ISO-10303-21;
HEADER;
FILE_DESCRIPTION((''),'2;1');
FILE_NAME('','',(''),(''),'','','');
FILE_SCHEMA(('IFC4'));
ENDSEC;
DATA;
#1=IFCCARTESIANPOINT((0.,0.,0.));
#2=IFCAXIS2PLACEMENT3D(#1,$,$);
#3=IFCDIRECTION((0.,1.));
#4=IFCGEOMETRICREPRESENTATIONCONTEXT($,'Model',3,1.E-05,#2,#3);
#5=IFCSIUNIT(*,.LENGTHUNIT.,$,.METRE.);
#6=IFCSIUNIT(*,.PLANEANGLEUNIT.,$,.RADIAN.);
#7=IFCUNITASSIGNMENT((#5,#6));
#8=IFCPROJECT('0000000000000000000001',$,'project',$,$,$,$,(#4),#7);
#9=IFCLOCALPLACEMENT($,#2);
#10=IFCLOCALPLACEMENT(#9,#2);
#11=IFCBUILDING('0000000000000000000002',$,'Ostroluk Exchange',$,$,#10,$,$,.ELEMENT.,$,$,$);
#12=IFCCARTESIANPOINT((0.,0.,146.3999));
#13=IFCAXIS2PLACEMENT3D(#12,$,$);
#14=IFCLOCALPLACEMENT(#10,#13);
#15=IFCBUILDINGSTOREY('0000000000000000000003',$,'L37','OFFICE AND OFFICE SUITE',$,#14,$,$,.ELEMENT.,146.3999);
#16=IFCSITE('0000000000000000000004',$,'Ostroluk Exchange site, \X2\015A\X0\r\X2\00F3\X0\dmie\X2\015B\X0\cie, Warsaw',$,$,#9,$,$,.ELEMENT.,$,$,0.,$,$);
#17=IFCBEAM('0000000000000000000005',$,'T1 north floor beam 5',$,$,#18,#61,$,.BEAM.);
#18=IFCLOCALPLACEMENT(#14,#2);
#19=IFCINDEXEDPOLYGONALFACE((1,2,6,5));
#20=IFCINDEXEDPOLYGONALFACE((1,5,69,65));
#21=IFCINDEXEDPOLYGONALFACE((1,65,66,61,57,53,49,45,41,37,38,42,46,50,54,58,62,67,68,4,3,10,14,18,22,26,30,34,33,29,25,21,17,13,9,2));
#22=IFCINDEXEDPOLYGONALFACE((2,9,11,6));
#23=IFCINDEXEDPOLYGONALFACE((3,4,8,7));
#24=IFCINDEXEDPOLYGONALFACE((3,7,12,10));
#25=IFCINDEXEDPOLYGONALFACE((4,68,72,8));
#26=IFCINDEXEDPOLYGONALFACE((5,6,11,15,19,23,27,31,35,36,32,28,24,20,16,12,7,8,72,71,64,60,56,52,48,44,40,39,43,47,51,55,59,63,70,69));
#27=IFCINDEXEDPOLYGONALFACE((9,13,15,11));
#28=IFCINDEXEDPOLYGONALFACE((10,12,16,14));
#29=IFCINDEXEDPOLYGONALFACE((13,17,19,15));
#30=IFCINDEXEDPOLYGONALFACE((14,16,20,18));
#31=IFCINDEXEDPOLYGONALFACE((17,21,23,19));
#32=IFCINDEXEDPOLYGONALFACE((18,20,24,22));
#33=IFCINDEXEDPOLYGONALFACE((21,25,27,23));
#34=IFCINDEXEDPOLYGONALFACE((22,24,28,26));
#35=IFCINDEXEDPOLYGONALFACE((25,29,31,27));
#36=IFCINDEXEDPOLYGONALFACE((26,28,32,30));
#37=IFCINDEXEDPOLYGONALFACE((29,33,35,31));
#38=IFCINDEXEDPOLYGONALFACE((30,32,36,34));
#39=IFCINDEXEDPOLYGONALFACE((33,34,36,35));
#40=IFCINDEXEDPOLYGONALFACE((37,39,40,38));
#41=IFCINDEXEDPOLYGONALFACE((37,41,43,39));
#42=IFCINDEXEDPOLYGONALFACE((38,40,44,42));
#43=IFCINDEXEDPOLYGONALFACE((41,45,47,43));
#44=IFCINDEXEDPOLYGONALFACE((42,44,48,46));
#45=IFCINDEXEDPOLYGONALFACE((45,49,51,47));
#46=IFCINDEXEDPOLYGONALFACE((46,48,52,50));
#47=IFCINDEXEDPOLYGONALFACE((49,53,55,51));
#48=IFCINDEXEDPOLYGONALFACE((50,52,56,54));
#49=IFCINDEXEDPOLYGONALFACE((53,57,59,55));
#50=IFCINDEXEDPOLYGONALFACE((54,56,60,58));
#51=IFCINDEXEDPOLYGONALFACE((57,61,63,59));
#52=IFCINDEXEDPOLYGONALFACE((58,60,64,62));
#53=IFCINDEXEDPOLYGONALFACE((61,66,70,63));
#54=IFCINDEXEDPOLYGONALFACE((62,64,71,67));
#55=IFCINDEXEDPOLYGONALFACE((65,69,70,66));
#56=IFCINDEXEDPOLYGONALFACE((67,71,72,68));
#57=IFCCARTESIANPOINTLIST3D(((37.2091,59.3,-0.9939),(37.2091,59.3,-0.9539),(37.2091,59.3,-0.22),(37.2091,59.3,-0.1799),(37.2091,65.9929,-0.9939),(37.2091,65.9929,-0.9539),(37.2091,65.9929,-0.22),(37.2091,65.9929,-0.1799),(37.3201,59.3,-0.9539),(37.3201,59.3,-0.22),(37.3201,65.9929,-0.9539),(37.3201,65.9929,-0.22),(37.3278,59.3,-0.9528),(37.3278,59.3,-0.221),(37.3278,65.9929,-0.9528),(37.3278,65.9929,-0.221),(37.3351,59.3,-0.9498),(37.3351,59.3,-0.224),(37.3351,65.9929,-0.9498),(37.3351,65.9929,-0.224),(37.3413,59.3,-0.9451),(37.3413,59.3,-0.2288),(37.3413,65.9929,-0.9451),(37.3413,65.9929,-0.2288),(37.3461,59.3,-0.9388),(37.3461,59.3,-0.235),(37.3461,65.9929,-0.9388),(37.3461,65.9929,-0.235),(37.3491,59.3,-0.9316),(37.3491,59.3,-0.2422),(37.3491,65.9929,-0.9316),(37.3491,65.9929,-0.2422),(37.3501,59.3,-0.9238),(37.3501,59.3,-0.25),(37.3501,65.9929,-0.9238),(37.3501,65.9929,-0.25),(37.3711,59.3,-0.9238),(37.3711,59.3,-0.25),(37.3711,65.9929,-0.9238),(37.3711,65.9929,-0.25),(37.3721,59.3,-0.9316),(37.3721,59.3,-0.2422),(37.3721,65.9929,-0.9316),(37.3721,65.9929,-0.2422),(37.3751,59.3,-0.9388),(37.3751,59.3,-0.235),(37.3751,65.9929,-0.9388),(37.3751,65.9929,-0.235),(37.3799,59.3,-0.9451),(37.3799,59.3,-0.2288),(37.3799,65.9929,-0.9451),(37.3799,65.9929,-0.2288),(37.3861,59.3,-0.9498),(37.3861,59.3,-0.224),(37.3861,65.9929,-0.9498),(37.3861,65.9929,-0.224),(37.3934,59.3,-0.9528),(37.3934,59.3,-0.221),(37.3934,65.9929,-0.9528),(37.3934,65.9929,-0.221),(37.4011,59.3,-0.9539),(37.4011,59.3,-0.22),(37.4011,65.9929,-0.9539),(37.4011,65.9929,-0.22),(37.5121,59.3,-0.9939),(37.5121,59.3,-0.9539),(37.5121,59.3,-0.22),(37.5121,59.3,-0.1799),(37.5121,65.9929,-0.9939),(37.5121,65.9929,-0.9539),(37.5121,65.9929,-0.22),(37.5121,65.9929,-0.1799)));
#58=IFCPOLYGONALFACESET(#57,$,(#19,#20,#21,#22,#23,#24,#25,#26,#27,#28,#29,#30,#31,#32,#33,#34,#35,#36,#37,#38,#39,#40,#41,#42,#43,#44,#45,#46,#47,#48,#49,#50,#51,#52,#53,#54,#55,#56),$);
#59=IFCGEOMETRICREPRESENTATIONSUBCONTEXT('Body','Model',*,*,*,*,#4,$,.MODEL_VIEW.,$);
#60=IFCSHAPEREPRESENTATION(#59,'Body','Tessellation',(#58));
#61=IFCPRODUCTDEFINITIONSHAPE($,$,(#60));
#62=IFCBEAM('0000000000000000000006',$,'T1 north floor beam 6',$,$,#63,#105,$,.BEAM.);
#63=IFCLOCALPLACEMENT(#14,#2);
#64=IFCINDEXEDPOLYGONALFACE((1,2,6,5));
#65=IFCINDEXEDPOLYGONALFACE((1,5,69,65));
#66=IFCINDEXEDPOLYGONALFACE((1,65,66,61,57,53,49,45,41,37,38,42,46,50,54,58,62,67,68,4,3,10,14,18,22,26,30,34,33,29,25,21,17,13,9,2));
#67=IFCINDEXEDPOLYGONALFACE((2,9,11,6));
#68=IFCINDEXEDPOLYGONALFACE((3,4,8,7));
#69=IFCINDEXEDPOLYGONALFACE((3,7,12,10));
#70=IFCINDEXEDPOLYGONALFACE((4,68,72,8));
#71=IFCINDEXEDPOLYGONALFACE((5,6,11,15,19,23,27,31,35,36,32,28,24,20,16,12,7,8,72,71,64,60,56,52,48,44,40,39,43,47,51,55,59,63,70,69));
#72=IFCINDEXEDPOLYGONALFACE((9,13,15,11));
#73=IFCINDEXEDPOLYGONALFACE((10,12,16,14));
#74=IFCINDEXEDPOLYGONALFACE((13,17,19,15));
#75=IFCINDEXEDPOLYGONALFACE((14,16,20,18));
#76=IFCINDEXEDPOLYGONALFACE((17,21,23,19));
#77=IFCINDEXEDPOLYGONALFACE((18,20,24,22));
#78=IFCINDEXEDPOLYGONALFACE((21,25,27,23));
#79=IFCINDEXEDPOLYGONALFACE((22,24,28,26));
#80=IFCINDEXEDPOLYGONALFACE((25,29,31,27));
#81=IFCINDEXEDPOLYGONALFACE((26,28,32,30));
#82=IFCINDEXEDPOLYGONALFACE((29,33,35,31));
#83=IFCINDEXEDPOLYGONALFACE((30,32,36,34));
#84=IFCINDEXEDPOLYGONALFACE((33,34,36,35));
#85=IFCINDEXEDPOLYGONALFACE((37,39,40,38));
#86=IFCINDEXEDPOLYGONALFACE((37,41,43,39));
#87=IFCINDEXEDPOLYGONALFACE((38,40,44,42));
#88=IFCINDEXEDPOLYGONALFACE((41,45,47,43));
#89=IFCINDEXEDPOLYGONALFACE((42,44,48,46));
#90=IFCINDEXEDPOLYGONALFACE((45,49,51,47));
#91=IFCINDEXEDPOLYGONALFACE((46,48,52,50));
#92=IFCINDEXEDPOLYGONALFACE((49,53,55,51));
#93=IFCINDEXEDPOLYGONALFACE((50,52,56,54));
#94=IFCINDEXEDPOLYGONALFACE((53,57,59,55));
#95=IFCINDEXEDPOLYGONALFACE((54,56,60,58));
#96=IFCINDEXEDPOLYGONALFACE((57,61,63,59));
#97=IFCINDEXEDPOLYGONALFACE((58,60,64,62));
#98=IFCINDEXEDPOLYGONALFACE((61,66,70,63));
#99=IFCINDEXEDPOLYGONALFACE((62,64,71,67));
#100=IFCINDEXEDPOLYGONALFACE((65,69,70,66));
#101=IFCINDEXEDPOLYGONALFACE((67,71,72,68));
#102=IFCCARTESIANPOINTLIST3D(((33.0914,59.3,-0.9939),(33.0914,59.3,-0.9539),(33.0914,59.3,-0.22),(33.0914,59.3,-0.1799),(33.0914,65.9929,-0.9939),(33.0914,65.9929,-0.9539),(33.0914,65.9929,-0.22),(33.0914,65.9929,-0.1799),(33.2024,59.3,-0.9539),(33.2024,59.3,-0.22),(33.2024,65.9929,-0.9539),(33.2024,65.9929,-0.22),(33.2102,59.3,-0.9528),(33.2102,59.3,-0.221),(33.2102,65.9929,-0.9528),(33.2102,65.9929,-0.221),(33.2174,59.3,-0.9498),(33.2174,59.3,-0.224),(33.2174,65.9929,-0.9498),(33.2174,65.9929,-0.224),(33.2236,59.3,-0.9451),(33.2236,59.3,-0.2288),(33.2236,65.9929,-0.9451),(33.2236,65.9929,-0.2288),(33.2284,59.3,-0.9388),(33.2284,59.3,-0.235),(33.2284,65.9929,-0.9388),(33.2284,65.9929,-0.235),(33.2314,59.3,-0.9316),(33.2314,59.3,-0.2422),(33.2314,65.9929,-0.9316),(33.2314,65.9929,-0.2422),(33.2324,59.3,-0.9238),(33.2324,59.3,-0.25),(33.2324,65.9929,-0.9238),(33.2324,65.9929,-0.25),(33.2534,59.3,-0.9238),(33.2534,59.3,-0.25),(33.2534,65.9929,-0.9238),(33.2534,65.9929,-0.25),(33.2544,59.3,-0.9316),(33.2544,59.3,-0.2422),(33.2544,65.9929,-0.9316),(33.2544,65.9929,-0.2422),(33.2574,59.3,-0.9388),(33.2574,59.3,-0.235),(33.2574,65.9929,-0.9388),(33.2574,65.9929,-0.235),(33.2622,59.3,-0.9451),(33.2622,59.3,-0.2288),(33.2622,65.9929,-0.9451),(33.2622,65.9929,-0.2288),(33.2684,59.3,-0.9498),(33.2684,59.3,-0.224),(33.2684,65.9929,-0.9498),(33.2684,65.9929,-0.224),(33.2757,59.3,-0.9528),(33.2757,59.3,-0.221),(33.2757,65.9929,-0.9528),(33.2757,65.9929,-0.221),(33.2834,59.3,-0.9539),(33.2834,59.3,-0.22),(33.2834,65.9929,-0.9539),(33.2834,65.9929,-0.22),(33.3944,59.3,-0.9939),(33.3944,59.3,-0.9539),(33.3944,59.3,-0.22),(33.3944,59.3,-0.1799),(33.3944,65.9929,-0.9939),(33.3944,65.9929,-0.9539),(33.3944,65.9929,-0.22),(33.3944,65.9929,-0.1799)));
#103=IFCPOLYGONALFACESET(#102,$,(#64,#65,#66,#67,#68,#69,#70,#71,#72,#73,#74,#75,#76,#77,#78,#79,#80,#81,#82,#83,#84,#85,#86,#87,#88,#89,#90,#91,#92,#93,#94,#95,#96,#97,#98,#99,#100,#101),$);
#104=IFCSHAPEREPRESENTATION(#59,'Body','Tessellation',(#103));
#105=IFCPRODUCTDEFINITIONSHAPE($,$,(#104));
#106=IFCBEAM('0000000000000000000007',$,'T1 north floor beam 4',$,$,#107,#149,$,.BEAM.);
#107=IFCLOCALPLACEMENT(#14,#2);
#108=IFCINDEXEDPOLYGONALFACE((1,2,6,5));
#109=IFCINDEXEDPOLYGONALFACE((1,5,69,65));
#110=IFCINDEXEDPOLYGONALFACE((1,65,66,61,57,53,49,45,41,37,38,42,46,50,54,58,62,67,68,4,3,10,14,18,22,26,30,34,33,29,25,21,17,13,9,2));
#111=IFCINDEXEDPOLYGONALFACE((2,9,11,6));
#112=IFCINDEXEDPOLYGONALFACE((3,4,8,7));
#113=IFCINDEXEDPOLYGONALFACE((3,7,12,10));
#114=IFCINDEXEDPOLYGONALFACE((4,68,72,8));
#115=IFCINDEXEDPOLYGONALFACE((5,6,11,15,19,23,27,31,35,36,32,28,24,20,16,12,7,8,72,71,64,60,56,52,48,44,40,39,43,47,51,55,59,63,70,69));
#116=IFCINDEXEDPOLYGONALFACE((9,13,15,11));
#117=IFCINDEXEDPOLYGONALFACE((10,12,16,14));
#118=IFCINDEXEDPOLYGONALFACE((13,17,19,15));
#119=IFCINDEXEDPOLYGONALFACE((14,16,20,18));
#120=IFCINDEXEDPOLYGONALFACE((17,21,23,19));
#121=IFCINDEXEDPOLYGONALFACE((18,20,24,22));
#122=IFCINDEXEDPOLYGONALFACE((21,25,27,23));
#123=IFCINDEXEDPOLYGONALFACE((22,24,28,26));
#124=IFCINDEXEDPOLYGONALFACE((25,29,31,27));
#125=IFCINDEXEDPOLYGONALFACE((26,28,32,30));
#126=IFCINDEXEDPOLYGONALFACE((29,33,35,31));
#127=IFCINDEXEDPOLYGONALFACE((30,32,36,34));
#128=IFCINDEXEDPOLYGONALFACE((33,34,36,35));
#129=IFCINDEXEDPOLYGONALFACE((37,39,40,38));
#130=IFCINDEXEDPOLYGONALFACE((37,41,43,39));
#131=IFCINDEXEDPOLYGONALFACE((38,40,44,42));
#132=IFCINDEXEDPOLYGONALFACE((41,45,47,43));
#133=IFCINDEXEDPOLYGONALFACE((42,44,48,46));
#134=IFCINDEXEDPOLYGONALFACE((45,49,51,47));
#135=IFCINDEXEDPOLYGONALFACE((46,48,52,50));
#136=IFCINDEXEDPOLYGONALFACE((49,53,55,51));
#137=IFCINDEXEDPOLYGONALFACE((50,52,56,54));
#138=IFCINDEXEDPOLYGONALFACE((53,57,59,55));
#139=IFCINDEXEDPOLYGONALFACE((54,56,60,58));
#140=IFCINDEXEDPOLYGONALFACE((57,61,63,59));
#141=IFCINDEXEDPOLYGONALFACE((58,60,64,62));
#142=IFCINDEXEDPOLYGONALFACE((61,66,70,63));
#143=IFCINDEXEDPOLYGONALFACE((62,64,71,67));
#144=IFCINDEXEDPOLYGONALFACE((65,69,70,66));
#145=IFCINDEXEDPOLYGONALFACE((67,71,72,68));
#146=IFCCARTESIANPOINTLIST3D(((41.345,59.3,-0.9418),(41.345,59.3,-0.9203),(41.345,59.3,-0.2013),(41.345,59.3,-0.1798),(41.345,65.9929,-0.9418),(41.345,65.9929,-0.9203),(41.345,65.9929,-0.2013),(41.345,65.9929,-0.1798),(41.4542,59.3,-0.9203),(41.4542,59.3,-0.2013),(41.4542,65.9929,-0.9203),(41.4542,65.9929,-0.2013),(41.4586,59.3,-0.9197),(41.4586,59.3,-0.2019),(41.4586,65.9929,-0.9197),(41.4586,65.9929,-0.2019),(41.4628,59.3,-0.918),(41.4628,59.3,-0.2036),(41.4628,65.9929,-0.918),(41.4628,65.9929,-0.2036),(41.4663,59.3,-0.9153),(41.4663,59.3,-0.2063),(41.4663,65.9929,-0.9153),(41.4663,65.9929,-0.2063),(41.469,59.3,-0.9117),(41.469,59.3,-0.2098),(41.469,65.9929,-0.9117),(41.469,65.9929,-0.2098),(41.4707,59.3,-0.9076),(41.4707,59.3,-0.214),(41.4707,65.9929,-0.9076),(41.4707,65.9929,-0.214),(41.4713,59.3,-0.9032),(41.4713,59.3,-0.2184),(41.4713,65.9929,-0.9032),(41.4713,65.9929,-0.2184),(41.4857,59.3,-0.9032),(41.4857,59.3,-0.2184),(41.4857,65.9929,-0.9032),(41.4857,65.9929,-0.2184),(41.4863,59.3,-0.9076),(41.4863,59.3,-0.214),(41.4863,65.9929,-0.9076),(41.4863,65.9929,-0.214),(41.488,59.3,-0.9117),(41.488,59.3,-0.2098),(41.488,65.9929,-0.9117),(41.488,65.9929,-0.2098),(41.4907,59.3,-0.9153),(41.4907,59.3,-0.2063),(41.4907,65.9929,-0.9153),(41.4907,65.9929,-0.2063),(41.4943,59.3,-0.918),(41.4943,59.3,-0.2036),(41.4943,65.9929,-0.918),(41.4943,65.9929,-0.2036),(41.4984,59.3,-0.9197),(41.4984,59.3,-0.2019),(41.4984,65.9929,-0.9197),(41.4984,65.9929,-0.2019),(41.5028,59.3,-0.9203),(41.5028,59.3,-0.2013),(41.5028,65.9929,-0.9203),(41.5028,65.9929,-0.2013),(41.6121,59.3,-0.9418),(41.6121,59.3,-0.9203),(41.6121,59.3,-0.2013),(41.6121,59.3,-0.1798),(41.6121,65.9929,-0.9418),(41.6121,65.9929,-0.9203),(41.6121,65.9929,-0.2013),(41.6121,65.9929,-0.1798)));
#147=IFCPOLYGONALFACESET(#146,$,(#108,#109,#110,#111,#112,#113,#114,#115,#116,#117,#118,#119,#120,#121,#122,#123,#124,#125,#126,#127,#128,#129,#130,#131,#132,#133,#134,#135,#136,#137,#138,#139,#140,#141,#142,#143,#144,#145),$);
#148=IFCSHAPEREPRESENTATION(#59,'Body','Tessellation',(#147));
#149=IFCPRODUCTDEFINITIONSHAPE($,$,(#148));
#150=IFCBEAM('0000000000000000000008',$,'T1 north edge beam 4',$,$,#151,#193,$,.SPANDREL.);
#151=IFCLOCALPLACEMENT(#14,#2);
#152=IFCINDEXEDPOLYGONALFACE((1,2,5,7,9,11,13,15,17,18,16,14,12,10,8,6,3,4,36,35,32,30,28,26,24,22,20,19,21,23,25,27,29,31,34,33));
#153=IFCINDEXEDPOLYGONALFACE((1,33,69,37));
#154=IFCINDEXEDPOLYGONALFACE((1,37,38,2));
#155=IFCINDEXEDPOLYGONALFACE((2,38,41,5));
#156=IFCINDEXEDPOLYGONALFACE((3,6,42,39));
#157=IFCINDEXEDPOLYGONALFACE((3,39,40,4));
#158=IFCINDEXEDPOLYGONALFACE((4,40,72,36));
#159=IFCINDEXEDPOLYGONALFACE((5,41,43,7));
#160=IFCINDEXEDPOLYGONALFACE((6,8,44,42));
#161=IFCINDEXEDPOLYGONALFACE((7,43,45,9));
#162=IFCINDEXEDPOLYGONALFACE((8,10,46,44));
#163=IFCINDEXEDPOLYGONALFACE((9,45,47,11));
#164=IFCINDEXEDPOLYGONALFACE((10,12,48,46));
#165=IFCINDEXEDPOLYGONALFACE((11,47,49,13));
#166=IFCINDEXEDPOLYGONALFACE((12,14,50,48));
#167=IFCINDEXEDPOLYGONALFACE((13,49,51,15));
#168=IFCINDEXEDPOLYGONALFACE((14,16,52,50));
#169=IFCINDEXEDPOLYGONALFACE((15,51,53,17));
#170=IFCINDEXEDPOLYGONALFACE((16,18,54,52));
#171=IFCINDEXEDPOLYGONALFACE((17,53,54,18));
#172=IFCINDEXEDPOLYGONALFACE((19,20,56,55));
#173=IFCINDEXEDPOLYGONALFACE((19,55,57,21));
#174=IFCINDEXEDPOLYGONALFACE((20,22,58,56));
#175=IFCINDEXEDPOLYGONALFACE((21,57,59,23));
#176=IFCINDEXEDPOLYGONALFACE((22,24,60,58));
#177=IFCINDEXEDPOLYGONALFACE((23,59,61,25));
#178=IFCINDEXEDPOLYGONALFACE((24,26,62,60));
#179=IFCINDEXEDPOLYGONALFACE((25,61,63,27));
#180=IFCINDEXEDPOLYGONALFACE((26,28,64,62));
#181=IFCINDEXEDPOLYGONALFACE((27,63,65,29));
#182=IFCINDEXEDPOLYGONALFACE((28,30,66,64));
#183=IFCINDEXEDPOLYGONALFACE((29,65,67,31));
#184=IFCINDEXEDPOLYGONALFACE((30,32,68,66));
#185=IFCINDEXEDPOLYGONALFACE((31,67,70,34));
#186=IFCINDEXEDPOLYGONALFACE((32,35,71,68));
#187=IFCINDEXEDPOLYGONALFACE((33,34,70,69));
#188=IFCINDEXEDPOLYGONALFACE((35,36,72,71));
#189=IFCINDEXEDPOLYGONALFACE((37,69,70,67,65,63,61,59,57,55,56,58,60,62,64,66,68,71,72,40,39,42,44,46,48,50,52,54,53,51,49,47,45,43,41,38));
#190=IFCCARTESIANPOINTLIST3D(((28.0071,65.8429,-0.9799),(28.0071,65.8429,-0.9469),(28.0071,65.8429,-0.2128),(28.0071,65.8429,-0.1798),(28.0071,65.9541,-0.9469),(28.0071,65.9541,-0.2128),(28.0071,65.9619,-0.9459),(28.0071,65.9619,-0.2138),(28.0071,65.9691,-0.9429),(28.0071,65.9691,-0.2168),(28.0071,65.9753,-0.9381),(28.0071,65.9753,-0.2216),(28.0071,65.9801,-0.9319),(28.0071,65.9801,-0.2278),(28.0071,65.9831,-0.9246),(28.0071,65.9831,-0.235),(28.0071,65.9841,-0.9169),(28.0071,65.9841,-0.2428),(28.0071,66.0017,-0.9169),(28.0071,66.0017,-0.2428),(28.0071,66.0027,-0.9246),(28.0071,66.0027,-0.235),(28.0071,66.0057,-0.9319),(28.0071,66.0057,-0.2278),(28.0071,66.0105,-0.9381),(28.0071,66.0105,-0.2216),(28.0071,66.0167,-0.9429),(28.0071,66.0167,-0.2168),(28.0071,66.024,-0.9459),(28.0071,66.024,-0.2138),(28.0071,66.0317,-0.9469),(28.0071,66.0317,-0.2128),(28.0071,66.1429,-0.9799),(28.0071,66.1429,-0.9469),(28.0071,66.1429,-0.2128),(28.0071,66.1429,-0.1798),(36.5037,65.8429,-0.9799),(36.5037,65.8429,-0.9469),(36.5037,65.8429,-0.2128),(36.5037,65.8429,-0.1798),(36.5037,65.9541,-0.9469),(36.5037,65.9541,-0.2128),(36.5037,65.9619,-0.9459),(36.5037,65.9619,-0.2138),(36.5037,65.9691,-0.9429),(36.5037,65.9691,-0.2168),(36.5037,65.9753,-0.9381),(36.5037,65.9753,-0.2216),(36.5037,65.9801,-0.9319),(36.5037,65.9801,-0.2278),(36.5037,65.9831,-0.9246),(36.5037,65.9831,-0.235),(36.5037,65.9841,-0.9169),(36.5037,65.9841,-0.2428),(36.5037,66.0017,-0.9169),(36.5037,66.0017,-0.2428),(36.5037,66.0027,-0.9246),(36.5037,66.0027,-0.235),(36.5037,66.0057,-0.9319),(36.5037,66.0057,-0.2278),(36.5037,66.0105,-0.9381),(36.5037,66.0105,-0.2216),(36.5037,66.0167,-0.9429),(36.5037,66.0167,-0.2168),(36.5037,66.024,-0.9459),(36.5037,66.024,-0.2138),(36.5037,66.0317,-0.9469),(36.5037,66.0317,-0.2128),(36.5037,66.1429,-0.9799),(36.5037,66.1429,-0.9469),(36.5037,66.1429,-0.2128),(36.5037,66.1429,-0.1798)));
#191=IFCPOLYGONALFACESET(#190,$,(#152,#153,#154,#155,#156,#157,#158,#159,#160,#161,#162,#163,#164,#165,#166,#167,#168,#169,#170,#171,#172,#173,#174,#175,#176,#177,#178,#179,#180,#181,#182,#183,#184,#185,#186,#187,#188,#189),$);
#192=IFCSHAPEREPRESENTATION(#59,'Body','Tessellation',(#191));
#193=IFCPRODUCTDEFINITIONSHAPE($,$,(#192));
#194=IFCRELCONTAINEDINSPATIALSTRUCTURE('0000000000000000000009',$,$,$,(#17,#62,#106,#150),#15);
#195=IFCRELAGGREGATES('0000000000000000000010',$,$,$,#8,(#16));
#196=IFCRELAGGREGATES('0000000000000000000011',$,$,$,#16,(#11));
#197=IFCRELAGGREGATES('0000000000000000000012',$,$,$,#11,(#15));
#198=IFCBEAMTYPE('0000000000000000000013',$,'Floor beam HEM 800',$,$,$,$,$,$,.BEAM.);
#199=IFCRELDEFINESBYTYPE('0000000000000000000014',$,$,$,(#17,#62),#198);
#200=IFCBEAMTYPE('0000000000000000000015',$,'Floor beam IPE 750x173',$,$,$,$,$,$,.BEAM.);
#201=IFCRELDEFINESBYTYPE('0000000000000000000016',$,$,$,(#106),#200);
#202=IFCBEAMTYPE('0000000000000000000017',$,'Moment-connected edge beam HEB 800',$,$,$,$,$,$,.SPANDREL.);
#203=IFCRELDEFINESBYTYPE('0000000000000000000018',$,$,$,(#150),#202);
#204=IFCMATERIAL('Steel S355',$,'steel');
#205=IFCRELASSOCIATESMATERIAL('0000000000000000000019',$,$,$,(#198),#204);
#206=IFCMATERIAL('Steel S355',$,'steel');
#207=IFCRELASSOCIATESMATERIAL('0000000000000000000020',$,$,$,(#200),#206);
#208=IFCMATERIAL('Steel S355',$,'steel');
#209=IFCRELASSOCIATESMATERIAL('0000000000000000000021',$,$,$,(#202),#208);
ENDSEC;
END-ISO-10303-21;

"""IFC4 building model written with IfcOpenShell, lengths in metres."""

from ifc_helpers import new_model, si_unit, direction, frame, origin, origin_2d, place, context, subcontext, project, spatial, i_section, extrude, material, material_profile, profile_set, type_object, element, save


model = new_model("IFC4")

# Units and contexts
model_context = context("Model", 3, precision=1e-05, world=origin(), true_north=direction((0.0, 1.0)))
body_context = subcontext(model_context, "Body", "Model", "MODEL_VIEW")
ifc_project = project(units=[si_unit("LENGTHUNIT", "METRE"), si_unit("PLANEANGLEUNIT", "RADIAN")], contexts=[model_context])

# Site, building, storey
site_placement = place(None, origin())
site = spatial("IfcSite", under=ifc_project, at=site_placement, Name="Ostroluk Exchange site, Śródmieście, Warsaw", CompositionType="ELEMENT", RefElevation=0.0)
building_placement = place(site_placement, origin())
building = spatial("IfcBuilding", under=site, at=building_placement, Name="Ostroluk Exchange", CompositionType="ELEMENT")
storey_placement = place(building_placement, frame((0.0, 0.0, 146.3999)))
storey = spatial("IfcBuildingStorey", under=building, at=storey_placement, Name="L37", Description="OFFICE AND OFFICE SUITE", CompositionType="ELEMENT", Elevation=146.3999)

# Beams
ifc_material_1 = material(Name="Steel S355", Category="steel")
ifc_material_profile_1 = material_profile(ifc_material_1, i_section(OverallWidth=0.303, OverallDepth=0.814, WebThickness=0.021, FlangeThickness=0.04, FilletRadius=0.03, at=origin_2d()), Name="HEM 800")
ifc_profile_set_1 = profile_set([ifc_material_profile_1], Name="Steel S355")
beam_type_1 = type_object("IfcBeamType", Name="Floor beam HEM 800", PredefinedType="BEAM", material=ifc_profile_set_1)
for number, where, z_axis, x_axis, name in (
    (1, (37.3606, 59.3, -0.5869), (0.0, 1.0, 0.0), (-1.0, 0.0, 0.0), "T1 north floor beam 5"),
    (2, (33.2429, 59.3, -0.5869), (0.0, 1.0, 0.0), (-1.0, 0.0, 0.0), "T1 north floor beam 6"),
):
    element("IfcBeam", number, at=place(storey_placement, frame(where, z_axis=z_axis, x_axis=x_axis)), inside=storey, type_object=beam_type_1, Name=name, PredefinedType="BEAM", context=body_context, shape_type="SweptSolid", body=[
        extrude(i_section(OverallWidth=0.303, OverallDepth=0.814, WebThickness=0.021, FlangeThickness=0.04, FilletRadius=0.03, at=origin_2d()), origin(), (0.0, 0.0, 1.0), 6.6929),
    ])
ifc_material_2 = material(Name="Steel S355", Category="steel")
ifc_material_profile_2 = material_profile(ifc_material_2, i_section(OverallWidth=0.2671, OverallDepth=0.762, WebThickness=0.0144, FlangeThickness=0.0215, FilletRadius=0.0171, at=origin_2d()), Name="IPE 750x173")
ifc_profile_set_2 = profile_set([ifc_material_profile_2], Name="Steel S355")
beam_type_2 = type_object("IfcBeamType", Name="Floor beam IPE 750x173", PredefinedType="BEAM", material=ifc_profile_set_2)
beam_1_placement = place(storey_placement, frame((41.4785, 59.3, -0.5608), z_axis=(0.0, 1.0, 0.0), x_axis=(-1.0, 0.0, 0.0)))
element("IfcBeam", 3, at=beam_1_placement, inside=storey, type_object=beam_type_2, Name="T1 north floor beam 4", PredefinedType="BEAM", context=body_context, shape_type="SweptSolid", body=[
    extrude(i_section(OverallWidth=0.2671, OverallDepth=0.762, WebThickness=0.0144, FlangeThickness=0.0215, FilletRadius=0.0171, at=origin_2d()), origin(), (0.0, 0.0, 1.0), 6.6929),
])
ifc_material_3 = material(Name="Steel S355", Category="steel")
ifc_material_profile_3 = material_profile(ifc_material_3, i_section(OverallWidth=0.3, OverallDepth=0.8, WebThickness=0.0176, FlangeThickness=0.033, FilletRadius=0.03, at=origin_2d()), Name="HEB 800")
ifc_profile_set_3 = profile_set([ifc_material_profile_3], Name="Steel S355")
beam_type_3 = type_object("IfcBeamType", Name="Moment-connected edge beam HEB 800", PredefinedType="SPANDREL", material=ifc_profile_set_3)
beam_2_placement = place(storey_placement, frame((36.5037, 65.9929, -0.5798), z_axis=(-1.0, 0.0, 0.0), x_axis=(0.0, -1.0, 0.0)))
element("IfcBeam", 4, at=beam_2_placement, inside=storey, type_object=beam_type_3, Name="T1 north edge beam 4", PredefinedType="SPANDREL", context=body_context, shape_type="SweptSolid", body=[
    extrude(i_section(OverallWidth=0.3, OverallDepth=0.8, WebThickness=0.0176, FlangeThickness=0.033, FilletRadius=0.03, at=origin_2d()), origin(), (0.0, 0.0, 1.0), 8.4966),
])

save(model, "model.ifc")
